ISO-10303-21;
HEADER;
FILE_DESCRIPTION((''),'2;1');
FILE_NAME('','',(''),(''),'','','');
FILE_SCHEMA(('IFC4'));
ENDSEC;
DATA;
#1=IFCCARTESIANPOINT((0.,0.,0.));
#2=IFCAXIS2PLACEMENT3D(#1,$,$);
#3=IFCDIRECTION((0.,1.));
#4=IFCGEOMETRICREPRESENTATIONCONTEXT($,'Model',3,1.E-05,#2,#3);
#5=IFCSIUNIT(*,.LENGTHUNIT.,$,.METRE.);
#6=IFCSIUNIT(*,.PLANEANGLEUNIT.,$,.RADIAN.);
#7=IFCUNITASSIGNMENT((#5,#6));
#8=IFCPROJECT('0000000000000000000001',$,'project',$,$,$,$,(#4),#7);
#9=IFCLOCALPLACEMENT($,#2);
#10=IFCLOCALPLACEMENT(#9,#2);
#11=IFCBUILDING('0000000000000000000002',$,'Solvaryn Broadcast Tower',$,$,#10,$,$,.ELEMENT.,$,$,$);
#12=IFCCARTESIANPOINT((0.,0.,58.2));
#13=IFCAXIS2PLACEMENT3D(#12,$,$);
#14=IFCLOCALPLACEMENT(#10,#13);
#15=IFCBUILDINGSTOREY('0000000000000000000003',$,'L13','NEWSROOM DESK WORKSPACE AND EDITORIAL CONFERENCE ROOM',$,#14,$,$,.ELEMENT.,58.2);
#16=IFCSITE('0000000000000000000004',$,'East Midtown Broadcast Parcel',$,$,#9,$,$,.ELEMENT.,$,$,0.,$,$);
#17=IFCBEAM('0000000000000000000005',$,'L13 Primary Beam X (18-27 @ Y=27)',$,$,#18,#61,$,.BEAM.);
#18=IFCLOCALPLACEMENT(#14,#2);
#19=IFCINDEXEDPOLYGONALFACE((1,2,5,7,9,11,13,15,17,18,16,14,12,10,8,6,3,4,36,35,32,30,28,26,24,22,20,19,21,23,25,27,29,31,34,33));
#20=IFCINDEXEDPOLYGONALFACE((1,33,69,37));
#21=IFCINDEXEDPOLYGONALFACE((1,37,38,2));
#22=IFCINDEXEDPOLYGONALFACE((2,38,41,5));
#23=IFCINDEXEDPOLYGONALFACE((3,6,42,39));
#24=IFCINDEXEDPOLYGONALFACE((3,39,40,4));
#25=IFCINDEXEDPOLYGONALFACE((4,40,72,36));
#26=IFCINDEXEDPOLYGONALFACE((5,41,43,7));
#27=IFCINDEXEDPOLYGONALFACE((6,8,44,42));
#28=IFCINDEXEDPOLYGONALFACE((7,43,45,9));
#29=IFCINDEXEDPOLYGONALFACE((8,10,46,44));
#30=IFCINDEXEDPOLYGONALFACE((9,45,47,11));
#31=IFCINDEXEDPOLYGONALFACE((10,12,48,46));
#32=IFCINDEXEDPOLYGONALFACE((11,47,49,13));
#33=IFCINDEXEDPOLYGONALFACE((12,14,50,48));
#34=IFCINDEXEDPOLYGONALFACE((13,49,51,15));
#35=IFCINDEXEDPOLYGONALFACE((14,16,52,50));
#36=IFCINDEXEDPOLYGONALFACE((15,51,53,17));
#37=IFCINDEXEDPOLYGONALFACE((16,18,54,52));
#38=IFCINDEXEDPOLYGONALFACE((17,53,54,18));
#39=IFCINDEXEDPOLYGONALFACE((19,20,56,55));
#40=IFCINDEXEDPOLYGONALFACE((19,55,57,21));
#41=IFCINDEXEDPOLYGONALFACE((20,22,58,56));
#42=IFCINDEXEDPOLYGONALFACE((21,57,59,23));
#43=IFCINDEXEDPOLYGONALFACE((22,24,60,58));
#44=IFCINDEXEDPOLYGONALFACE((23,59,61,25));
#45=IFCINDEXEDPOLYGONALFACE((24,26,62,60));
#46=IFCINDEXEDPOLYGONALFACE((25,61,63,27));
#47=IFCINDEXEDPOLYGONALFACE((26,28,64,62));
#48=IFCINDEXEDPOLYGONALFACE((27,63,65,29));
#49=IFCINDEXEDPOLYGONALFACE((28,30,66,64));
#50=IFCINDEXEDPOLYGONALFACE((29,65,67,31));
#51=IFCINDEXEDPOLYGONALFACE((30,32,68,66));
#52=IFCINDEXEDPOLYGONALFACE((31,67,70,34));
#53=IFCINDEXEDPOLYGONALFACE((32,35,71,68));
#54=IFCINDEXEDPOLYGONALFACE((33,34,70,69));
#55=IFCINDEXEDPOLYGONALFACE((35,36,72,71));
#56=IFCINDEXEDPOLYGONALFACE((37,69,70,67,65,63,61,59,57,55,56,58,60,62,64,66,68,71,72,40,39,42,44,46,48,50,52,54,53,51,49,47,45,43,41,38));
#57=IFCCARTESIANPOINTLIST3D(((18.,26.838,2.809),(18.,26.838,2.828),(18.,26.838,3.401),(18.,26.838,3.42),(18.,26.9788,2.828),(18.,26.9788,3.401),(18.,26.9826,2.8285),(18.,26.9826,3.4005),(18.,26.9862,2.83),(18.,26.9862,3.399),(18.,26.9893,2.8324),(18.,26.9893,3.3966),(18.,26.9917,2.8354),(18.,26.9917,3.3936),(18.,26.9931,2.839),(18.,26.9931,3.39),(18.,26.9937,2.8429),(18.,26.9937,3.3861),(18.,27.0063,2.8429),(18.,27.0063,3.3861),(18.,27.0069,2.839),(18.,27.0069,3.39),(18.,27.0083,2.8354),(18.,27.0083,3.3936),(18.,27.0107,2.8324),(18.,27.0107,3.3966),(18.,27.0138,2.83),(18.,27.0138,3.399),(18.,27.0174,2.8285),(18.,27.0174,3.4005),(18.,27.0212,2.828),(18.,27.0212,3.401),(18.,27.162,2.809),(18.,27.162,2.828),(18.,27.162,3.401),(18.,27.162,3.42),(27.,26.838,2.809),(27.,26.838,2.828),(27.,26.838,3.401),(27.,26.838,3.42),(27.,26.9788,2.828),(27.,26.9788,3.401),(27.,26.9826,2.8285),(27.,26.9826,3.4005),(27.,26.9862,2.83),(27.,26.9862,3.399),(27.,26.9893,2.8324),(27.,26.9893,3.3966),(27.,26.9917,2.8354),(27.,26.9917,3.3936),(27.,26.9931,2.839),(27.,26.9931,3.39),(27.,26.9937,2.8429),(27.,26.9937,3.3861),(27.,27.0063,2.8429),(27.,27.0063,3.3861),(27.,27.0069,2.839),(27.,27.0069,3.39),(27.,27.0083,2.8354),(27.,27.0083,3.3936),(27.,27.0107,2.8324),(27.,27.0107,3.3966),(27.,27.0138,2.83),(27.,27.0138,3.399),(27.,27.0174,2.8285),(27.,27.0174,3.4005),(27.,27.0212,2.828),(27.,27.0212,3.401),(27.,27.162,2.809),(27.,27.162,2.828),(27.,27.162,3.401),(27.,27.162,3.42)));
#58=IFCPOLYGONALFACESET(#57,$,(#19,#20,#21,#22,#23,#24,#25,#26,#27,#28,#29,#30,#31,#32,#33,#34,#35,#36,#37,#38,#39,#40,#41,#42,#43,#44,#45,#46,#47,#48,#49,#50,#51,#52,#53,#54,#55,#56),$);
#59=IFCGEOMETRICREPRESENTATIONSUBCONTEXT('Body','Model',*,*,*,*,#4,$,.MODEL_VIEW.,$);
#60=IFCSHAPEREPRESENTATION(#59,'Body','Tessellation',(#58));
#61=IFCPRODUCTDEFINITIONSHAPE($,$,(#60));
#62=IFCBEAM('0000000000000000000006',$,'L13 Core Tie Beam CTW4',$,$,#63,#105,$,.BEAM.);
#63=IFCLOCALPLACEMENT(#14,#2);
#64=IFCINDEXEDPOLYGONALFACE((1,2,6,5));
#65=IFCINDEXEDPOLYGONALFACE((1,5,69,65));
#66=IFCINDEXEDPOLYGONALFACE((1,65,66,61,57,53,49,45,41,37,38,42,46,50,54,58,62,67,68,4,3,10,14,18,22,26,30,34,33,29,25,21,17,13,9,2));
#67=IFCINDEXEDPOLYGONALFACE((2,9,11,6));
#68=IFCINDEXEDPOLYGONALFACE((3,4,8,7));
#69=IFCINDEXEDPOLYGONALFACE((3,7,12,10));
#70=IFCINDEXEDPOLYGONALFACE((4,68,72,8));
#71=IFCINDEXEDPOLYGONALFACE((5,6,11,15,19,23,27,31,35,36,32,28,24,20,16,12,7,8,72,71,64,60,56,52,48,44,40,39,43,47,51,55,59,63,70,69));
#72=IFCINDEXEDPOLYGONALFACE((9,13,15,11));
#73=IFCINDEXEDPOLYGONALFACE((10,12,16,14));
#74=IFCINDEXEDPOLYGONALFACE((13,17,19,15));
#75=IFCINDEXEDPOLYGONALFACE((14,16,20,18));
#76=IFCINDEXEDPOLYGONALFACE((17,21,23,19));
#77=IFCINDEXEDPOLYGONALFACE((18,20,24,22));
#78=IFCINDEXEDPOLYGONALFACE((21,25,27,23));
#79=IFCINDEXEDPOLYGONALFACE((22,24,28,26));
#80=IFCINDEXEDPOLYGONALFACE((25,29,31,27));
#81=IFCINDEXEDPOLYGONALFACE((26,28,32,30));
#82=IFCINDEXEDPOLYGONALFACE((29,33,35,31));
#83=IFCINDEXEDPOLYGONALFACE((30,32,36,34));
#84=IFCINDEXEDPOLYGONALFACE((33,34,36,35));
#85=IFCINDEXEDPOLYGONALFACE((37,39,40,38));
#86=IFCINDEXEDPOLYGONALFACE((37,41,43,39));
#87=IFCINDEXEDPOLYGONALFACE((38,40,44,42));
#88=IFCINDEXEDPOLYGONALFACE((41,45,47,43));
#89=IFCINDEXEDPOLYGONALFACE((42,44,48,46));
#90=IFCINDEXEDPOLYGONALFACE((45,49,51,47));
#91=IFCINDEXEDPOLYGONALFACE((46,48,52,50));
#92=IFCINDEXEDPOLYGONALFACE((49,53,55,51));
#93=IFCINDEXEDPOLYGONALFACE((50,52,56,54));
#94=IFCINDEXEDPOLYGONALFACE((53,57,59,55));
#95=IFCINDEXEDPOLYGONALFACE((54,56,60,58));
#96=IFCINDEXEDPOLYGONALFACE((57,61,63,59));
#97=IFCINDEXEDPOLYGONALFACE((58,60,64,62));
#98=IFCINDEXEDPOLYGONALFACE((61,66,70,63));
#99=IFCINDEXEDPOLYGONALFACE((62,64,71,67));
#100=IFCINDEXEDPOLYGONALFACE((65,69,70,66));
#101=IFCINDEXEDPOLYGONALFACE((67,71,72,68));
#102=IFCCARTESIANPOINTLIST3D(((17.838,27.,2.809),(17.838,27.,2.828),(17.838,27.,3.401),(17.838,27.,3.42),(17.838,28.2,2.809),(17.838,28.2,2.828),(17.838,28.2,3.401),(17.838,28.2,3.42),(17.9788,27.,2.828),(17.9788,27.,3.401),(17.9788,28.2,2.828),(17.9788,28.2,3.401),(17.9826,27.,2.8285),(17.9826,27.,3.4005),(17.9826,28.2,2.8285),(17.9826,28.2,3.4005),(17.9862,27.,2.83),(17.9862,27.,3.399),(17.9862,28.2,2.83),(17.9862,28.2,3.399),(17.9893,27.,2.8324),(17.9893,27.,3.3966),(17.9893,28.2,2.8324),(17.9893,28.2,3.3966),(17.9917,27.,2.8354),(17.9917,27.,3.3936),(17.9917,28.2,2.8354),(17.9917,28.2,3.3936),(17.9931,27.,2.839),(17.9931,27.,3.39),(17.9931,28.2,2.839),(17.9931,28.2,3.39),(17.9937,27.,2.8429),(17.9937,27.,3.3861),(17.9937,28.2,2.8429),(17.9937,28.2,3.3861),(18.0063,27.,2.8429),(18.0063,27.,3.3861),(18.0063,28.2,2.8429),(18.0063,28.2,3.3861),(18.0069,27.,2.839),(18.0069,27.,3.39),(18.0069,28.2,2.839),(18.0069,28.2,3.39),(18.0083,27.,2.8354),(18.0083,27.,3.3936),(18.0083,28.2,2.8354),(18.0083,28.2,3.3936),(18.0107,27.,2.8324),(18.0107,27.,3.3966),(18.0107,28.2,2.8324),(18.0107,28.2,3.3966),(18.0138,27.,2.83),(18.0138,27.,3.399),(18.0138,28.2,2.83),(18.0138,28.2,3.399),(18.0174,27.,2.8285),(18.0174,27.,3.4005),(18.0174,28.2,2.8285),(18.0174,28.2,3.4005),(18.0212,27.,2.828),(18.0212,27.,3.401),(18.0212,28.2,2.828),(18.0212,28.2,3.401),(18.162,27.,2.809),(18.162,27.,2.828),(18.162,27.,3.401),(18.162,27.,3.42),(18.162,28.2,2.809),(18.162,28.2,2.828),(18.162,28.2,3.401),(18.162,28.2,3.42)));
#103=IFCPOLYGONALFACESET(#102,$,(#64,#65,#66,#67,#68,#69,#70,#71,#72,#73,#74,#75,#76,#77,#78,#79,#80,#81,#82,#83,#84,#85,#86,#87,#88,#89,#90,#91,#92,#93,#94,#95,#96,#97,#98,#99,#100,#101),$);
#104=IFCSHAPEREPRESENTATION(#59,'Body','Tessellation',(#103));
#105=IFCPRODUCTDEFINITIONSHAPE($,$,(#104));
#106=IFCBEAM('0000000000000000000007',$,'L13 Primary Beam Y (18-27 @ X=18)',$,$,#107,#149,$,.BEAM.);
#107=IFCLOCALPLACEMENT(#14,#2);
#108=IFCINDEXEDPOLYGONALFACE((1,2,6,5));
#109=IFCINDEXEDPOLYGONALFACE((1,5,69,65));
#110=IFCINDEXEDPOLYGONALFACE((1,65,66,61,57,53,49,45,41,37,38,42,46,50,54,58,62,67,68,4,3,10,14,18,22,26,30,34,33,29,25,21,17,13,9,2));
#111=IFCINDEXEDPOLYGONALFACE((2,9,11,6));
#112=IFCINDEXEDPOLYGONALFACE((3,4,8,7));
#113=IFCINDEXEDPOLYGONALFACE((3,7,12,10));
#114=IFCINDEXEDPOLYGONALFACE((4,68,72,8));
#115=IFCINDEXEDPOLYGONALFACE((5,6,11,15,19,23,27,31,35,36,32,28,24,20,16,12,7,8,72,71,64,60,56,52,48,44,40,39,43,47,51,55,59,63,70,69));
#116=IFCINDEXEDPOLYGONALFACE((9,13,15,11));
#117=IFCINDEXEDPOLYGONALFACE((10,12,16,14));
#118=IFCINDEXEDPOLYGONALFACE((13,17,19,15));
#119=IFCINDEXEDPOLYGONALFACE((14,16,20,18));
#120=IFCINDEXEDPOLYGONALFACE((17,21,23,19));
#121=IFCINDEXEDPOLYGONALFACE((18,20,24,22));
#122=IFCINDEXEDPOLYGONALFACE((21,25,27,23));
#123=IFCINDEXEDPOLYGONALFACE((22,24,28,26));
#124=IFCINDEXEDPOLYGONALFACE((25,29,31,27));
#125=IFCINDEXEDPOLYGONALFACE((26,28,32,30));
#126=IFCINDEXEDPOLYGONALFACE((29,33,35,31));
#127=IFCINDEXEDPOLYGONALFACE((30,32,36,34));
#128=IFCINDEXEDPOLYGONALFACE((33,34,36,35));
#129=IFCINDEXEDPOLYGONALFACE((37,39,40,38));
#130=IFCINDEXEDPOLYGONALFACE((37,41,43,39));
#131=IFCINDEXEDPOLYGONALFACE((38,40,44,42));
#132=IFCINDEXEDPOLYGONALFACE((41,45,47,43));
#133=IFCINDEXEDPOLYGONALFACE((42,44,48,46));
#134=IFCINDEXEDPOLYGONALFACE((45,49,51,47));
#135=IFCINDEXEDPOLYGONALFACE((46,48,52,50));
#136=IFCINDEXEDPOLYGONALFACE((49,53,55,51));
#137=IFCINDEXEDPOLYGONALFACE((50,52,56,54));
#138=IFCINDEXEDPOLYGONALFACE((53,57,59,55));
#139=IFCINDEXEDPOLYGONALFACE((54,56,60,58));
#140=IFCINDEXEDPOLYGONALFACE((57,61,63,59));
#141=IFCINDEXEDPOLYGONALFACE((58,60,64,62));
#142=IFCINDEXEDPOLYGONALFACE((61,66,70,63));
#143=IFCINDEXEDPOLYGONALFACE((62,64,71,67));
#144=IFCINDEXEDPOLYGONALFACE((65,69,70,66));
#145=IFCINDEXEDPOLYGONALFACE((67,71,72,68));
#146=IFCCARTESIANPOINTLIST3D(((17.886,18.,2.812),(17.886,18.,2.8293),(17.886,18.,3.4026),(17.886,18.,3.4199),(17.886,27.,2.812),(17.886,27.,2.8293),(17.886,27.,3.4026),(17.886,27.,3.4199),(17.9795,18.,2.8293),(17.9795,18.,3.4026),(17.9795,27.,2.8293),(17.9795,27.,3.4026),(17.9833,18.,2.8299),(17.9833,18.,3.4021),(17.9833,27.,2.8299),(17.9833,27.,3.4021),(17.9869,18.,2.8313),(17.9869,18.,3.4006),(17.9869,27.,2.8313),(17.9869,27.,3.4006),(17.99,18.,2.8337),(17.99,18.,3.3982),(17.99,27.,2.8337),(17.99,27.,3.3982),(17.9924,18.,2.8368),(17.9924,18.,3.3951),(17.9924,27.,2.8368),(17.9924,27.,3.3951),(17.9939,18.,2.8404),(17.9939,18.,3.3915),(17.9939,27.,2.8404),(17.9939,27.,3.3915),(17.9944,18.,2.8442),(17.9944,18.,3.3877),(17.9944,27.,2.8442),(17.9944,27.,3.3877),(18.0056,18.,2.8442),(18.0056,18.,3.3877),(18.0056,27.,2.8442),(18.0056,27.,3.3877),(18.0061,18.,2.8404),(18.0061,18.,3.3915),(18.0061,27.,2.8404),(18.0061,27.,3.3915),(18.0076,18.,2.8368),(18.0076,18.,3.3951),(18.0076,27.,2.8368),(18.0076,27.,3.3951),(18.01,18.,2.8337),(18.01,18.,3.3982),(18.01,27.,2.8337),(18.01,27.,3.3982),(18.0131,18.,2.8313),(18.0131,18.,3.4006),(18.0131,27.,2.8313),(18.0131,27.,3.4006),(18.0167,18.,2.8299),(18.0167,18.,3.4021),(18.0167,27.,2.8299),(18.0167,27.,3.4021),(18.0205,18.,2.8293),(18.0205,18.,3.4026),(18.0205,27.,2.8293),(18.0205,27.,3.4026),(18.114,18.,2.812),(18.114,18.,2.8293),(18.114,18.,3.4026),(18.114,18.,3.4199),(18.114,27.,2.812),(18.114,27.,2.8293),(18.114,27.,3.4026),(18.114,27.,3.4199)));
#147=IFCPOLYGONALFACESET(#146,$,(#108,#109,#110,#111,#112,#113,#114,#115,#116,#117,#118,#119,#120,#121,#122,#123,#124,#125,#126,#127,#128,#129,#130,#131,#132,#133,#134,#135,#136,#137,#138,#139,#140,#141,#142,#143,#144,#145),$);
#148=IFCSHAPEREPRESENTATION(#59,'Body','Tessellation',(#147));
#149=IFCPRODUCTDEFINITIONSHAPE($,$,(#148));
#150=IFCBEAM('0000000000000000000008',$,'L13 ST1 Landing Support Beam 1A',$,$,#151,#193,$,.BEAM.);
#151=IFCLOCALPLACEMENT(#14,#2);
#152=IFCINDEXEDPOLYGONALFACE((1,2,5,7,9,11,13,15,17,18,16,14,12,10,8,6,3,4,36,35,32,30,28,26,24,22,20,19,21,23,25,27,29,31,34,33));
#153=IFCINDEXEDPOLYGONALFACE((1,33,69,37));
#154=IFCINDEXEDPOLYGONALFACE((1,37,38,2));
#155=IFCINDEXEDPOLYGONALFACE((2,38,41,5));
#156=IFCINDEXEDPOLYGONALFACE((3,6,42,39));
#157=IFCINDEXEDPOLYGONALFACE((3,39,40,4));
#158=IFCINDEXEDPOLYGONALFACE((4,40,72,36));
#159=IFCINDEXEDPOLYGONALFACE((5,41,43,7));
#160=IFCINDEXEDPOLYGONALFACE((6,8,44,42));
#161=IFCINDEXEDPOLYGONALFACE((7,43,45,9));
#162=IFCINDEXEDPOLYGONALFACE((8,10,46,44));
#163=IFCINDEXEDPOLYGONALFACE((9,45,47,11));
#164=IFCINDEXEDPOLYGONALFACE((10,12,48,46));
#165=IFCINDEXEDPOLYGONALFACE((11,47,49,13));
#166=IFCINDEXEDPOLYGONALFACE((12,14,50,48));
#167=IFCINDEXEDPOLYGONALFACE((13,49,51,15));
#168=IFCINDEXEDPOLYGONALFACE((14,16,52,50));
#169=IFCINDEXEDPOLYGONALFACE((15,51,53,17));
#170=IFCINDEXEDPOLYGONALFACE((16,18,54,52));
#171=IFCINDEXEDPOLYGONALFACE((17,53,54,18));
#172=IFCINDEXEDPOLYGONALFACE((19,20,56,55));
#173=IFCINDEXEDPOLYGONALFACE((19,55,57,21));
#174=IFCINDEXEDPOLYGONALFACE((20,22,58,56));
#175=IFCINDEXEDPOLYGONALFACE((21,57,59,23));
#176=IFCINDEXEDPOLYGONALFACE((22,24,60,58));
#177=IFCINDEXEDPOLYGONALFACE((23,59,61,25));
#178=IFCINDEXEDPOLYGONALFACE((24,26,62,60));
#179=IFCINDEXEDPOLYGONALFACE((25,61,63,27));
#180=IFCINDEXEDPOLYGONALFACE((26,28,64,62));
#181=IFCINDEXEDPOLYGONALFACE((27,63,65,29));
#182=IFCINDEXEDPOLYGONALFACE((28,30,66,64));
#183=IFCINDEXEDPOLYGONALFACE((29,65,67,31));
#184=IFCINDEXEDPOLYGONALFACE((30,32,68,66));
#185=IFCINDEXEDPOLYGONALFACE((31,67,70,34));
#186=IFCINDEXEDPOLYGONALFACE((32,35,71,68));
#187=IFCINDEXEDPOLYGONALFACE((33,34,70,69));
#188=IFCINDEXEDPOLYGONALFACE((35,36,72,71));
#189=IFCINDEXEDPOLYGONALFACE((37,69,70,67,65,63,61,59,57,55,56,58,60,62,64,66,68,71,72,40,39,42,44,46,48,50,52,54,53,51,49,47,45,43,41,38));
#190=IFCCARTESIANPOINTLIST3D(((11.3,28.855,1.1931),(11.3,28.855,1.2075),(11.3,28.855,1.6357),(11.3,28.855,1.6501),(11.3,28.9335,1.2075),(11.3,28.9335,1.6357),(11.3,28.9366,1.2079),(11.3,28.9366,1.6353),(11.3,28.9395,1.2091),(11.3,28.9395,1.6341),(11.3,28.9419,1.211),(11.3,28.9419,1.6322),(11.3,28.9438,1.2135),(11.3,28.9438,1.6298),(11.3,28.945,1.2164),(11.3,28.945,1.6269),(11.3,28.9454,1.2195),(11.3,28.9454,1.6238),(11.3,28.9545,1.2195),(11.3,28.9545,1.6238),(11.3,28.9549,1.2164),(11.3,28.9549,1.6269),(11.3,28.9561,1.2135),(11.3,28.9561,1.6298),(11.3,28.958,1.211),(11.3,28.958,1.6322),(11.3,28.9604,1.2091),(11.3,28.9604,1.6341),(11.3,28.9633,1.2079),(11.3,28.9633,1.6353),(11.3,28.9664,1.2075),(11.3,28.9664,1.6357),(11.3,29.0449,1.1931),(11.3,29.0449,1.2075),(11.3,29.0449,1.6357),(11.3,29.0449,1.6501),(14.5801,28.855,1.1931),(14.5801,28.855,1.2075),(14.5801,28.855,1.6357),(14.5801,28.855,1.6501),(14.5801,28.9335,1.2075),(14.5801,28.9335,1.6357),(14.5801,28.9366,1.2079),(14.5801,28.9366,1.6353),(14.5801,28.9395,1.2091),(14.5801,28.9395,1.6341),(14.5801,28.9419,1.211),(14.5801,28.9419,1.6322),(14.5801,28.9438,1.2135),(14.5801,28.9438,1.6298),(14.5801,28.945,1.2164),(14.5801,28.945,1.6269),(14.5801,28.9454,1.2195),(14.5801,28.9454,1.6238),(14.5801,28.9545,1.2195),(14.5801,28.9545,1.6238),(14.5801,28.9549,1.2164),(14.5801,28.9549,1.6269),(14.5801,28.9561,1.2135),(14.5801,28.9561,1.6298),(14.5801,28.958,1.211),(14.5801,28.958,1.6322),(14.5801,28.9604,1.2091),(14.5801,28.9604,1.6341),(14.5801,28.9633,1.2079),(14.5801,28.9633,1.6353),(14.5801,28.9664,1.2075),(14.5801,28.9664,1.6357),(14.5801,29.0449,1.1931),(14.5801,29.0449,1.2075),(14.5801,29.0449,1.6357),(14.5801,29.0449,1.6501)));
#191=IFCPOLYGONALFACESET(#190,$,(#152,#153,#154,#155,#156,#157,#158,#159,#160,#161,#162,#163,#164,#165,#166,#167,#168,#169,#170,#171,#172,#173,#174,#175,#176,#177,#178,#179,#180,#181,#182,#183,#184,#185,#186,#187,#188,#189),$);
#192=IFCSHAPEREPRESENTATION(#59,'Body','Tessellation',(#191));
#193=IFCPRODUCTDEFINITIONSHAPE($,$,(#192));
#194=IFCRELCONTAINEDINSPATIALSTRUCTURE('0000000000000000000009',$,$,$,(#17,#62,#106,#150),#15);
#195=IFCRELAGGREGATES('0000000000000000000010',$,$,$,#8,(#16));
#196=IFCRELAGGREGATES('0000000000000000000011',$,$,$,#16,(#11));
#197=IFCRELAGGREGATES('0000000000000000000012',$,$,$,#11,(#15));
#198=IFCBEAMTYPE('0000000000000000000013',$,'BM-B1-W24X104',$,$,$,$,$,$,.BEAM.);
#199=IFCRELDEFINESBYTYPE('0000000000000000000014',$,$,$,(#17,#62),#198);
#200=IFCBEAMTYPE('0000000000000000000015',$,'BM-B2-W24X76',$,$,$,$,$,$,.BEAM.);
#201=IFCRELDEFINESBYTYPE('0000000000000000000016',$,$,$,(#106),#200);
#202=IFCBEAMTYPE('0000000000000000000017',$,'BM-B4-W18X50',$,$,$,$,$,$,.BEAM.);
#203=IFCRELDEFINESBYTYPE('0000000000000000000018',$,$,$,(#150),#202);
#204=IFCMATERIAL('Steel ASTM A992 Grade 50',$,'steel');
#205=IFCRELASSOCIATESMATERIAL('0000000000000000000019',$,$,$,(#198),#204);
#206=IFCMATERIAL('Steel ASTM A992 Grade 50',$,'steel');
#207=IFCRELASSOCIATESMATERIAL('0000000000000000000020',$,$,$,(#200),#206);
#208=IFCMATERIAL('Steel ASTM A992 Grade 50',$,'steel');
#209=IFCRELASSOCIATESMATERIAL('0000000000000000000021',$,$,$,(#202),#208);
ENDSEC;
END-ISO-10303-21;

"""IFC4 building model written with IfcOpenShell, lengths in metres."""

from ifc_helpers import new_model, si_unit, direction, frame, origin, origin_2d, place, context, subcontext, project, spatial, i_section, extrude, material, material_profile, profile_set, type_object, element, save


model = new_model("IFC4")

# Units and contexts
model_context = context("Model", 3, precision=1e-05, world=origin(), true_north=direction((0.0, 1.0)))
body_context = subcontext(model_context, "Body", "Model", "MODEL_VIEW")
ifc_project = project(units=[si_unit("LENGTHUNIT", "METRE"), si_unit("PLANEANGLEUNIT", "RADIAN")], contexts=[model_context])

# Site, building, storey
site_placement = place(None, origin())
site = spatial("IfcSite", under=ifc_project, at=site_placement, Name="East Midtown Broadcast Parcel", CompositionType="ELEMENT", RefElevation=0.0)
building_placement = place(site_placement, origin())
building = spatial("IfcBuilding", under=site, at=building_placement, Name="Solvaryn Broadcast Tower", CompositionType="ELEMENT")
storey_placement = place(building_placement, frame((0.0, 0.0, 58.2)))
storey = spatial("IfcBuildingStorey", under=building, at=storey_placement, Name="L13", Description="NEWSROOM DESK WORKSPACE AND EDITORIAL CONFERENCE ROOM", CompositionType="ELEMENT", Elevation=58.2)

# Beams
ifc_material_1 = material(Name="Steel ASTM A992 Grade 50", Category="steel")
ifc_material_profile_1 = material_profile(ifc_material_1, i_section(OverallWidth=0.324, OverallDepth=0.6111, WebThickness=0.0127, FlangeThickness=0.019, FilletRadius=0.0149, at=origin_2d()))
ifc_profile_set_1 = profile_set([ifc_material_profile_1], Name="Steel ASTM A992 Grade 50")
beam_type_1 = type_object("IfcBeamType", Name="BM-B1-W24X104", PredefinedType="BEAM", material=ifc_profile_set_1)
for number, where, z_axis, x_axis, name in (
    (1, (18.0, 27.0, 3.1145), (1.0, 0.0, 0.0), (0.0, 1.0, 0.0), "L13 Primary Beam X (18-27 @ Y=27)"),
):
    element("IfcBeam", number, at=place(storey_placement, frame(where, z_axis=z_axis, x_axis=x_axis)), inside=storey, type_object=beam_type_1, Name=name, PredefinedType="BEAM", context=body_context, shape_type="SweptSolid", body=[
        extrude(i_section(OverallWidth=0.324, OverallDepth=0.6111, WebThickness=0.0127, FlangeThickness=0.019, FilletRadius=0.0149, at=origin_2d()), origin(), (0.0, 0.0, 1.0), 9.0),
    ])
beam_1_placement = place(storey_placement, frame((18.0, 27.0, 3.1145), z_axis=(0.0, 1.0, 0.0), x_axis=(-1.0, 0.0, 0.0)))
element("IfcBeam", 2, at=beam_1_placement, inside=storey, type_object=beam_type_1, Name="L13 Core Tie Beam CTW4", PredefinedType="BEAM", context=body_context, shape_type="SweptSolid", body=[
    extrude(i_section(OverallWidth=0.324, OverallDepth=0.6111, WebThickness=0.0127, FlangeThickness=0.019, FilletRadius=0.0149, at=origin_2d()), origin(), (0.0, 0.0, 1.0), 1.2),
])
ifc_material_2 = material(Name="Steel ASTM A992 Grade 50", Category="steel")
ifc_material_profile_2 = material_profile(ifc_material_2, i_section(OverallWidth=0.228, OverallDepth=0.6079, WebThickness=0.0112, FlangeThickness=0.0173, FilletRadius=0.0149, at=origin_2d()))
ifc_profile_set_2 = profile_set([ifc_material_profile_2], Name="Steel ASTM A992 Grade 50")
beam_type_2 = type_object("IfcBeamType", Name="BM-B2-W24X76", PredefinedType="BEAM", material=ifc_profile_set_2)
beam_2_placement = place(storey_placement, frame((18.0, 18.0, 3.116), z_axis=(0.0, 1.0, 0.0), x_axis=(-1.0, 0.0, 0.0)))
element("IfcBeam", 3, at=beam_2_placement, inside=storey, type_object=beam_type_2, Name="L13 Primary Beam Y (18-27 @ X=18)", PredefinedType="BEAM", context=body_context, shape_type="SweptSolid", body=[
    extrude(i_section(OverallWidth=0.228, OverallDepth=0.6079, WebThickness=0.0112, FlangeThickness=0.0173, FilletRadius=0.0149, at=origin_2d()), origin(), (0.0, 0.0, 1.0), 9.0),
])
ifc_material_3 = material(Name="Steel ASTM A992 Grade 50", Category="steel")
ifc_material_profile_3 = material_profile(ifc_material_3, i_section(OverallWidth=0.1899, OverallDepth=0.457, WebThickness=0.009, FlangeThickness=0.0144, FilletRadius=0.012, at=origin_2d()))
ifc_profile_set_3 = profile_set([ifc_material_profile_3], Name="Steel ASTM A992 Grade 50")
beam_type_3 = type_object("IfcBeamType", Name="BM-B4-W18X50", PredefinedType="BEAM", material=ifc_profile_set_3)
beam_3_placement = place(storey_placement, frame((11.3, 28.95, 1.4216), z_axis=(1.0, 0.0, 0.0), x_axis=(0.0, 1.0, 0.0)))
element("IfcBeam", 4, at=beam_3_placement, inside=storey, type_object=beam_type_3, Name="L13 ST1 Landing Support Beam 1A", PredefinedType="BEAM", context=body_context, shape_type="SweptSolid", body=[
    extrude(i_section(OverallWidth=0.1899, OverallDepth=0.457, WebThickness=0.009, FlangeThickness=0.0144, FilletRadius=0.012, at=origin_2d()), origin(), (0.0, 0.0, 1.0), 3.28),
])

save(model, "model.ifc")
